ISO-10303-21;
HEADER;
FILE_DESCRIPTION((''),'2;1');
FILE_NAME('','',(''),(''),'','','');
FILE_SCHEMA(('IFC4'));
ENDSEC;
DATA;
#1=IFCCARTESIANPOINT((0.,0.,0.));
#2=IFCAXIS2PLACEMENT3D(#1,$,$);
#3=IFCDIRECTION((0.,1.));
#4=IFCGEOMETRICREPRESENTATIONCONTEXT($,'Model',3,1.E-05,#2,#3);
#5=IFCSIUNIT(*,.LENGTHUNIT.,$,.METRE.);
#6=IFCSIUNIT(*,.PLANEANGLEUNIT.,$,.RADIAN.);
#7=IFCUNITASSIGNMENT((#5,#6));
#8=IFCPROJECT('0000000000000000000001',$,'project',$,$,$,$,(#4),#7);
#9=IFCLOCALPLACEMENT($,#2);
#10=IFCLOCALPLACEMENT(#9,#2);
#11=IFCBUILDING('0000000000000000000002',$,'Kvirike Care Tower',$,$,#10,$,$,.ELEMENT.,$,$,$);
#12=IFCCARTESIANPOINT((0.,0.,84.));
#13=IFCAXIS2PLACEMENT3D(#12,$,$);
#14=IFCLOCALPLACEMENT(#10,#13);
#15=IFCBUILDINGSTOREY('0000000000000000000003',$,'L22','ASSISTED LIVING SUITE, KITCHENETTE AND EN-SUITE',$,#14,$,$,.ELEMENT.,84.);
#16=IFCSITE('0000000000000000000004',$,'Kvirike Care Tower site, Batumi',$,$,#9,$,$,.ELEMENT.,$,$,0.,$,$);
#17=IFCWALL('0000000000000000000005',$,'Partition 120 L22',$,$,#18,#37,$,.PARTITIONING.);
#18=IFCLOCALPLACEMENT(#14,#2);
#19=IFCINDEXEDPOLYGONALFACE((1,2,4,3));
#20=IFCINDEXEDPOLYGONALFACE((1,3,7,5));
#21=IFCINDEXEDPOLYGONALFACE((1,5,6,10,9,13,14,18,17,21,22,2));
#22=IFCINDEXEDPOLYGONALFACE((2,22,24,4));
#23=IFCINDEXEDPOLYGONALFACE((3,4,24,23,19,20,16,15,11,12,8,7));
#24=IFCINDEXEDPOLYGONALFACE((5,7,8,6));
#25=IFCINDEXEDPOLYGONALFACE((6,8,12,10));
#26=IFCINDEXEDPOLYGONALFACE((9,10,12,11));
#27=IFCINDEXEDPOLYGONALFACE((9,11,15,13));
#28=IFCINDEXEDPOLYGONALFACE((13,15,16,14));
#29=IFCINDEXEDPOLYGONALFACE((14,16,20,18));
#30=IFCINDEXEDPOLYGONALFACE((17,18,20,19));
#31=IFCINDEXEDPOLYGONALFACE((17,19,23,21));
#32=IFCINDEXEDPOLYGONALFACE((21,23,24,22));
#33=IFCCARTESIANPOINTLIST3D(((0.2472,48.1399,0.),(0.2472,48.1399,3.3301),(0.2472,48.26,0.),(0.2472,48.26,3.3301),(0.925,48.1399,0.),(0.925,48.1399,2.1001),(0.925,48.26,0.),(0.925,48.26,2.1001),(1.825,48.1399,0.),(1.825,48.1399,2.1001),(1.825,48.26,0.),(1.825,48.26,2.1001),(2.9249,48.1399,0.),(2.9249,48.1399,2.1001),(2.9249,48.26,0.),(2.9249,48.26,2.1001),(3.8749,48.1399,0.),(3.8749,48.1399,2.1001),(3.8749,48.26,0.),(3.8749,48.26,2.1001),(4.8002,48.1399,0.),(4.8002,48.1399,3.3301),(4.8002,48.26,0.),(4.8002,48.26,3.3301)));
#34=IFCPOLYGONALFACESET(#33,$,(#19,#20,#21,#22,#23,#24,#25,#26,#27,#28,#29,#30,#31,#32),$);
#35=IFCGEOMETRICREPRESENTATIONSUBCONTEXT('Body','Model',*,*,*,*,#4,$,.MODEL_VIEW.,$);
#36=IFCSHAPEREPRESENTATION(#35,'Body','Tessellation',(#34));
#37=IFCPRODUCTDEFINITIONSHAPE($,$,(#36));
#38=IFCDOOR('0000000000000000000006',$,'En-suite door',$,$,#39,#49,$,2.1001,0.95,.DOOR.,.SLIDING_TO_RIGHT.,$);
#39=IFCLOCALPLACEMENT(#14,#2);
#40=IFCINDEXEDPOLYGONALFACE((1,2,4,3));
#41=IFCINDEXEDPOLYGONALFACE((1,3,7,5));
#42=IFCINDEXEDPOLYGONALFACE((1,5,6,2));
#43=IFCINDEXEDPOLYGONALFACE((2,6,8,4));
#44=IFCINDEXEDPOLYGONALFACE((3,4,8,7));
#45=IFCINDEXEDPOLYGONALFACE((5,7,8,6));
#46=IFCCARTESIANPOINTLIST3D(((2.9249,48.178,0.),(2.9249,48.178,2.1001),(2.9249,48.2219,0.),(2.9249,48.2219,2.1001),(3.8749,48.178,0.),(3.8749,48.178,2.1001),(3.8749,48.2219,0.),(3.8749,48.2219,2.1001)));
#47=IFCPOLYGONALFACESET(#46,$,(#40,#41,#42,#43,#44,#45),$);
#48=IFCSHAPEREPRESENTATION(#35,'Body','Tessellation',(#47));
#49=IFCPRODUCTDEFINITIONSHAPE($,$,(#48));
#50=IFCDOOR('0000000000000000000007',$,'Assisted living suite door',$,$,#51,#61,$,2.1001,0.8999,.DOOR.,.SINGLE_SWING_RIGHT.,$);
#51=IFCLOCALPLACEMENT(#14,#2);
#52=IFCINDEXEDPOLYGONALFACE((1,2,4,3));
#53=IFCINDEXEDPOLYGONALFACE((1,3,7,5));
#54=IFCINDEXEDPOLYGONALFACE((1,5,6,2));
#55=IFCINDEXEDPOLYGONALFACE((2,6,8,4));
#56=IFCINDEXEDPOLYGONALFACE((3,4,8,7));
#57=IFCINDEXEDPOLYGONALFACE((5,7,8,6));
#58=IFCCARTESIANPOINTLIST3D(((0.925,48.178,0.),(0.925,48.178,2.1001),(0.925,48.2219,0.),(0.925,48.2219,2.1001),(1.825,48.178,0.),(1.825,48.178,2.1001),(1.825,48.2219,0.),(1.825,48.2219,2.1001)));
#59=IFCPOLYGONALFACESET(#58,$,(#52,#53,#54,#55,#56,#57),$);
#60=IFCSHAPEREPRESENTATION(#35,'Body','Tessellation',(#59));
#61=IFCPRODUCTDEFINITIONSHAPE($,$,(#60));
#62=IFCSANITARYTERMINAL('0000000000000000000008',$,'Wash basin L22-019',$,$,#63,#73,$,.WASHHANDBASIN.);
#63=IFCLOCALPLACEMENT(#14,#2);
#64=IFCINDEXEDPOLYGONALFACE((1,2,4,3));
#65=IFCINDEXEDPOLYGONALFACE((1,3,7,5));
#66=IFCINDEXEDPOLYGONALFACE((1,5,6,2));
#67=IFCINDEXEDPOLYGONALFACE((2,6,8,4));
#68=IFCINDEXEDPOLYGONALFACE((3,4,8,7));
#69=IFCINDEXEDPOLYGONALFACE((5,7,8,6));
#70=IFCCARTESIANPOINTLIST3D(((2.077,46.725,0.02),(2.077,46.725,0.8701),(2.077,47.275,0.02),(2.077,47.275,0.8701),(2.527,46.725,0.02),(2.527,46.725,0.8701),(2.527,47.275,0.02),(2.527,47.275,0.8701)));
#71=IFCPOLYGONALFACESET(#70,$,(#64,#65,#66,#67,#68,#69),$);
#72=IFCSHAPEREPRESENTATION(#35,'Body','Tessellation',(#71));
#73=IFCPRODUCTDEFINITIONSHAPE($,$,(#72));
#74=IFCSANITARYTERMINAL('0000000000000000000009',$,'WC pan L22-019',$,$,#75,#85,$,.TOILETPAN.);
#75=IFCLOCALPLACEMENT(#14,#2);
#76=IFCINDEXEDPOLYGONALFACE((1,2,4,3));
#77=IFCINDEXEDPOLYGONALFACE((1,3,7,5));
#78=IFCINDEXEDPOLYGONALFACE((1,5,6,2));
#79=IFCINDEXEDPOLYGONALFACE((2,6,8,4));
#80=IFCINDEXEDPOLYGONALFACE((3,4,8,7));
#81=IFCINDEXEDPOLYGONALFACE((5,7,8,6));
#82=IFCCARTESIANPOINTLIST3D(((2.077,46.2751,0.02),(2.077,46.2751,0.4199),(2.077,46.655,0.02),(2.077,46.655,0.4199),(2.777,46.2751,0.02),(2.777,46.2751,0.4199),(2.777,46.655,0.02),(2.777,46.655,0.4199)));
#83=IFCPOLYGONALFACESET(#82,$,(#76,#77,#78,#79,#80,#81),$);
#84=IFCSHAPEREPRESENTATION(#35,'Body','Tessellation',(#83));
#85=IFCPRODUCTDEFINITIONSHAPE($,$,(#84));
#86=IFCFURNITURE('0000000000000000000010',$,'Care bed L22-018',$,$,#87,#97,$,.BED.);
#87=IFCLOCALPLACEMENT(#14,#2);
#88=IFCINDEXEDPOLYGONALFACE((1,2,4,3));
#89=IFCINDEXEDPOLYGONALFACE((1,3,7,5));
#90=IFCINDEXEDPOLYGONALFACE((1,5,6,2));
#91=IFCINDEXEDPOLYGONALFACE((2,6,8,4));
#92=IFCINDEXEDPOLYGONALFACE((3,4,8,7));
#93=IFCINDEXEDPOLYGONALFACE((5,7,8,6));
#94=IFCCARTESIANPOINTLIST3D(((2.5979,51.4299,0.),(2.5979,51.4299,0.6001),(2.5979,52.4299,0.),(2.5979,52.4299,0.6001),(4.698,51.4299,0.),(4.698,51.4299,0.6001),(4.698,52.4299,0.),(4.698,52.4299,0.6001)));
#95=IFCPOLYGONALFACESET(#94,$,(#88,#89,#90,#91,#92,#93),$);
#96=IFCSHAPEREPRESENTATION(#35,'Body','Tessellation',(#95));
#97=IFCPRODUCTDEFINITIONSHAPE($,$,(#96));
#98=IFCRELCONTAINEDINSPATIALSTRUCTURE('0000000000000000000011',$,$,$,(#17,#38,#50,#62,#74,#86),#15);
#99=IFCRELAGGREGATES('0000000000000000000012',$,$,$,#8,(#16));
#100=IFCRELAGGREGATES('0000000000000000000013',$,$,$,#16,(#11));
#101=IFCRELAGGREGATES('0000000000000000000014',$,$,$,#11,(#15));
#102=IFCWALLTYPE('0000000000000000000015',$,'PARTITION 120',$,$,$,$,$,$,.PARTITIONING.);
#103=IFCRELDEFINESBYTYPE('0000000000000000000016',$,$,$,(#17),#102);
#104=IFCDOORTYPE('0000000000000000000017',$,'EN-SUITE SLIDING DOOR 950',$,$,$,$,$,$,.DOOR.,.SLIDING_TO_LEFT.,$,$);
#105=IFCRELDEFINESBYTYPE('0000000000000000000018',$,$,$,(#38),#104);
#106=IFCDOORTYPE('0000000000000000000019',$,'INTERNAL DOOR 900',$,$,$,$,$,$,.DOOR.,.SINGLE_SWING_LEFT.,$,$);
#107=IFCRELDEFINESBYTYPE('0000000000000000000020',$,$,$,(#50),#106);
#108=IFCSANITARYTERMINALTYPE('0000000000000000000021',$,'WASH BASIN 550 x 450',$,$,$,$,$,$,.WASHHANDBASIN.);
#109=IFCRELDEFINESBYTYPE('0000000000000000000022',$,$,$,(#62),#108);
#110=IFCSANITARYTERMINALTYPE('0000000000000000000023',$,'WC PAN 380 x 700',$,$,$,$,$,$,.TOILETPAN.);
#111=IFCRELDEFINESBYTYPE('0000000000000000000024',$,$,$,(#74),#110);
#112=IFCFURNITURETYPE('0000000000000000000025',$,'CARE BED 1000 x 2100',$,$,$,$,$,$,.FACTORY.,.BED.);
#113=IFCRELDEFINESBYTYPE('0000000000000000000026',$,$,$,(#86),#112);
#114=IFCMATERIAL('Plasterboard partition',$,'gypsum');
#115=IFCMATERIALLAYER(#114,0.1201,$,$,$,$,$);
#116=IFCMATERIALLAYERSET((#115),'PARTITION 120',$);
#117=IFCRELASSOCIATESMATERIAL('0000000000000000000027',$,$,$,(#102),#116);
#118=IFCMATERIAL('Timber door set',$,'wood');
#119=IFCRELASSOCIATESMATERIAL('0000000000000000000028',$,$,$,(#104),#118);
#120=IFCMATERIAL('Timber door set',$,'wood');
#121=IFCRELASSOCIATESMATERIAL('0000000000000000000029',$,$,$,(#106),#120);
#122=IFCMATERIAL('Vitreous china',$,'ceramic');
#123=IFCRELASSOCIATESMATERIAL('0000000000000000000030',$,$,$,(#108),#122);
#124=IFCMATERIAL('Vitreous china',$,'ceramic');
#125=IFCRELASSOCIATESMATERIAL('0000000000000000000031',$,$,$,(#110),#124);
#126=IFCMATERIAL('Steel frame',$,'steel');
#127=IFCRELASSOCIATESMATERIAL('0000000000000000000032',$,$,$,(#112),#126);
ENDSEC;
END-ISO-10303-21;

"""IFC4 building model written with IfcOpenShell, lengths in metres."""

from ifc_helpers import new_model, si_unit, direction, frame, frame_2d, origin, origin_2d, place, context, subcontext, project, spatial, rectangle, extrude, material, layer, layer_set, type_object, element, fill, save


model = new_model("IFC4")

# Units and contexts
model_context = context("Model", 3, precision=1e-05, world=origin(), true_north=direction((0.0, 1.0)))
body_context = subcontext(model_context, "Body", "Model", "MODEL_VIEW")
ifc_project = project(units=[si_unit("LENGTHUNIT", "METRE"), si_unit("PLANEANGLEUNIT", "RADIAN")], contexts=[model_context])

# Site, building, storey
site_placement = place(None, origin())
site = spatial("IfcSite", under=ifc_project, at=site_placement, Name="Kvirike Care Tower site, Batumi", CompositionType="ELEMENT", RefElevation=0.0)
building_placement = place(site_placement, origin())
building = spatial("IfcBuilding", under=site, at=building_placement, Name="Kvirike Care Tower", CompositionType="ELEMENT")
storey_placement = place(building_placement, frame((0.0, 0.0, 84.0)))
storey = spatial("IfcBuildingStorey", under=building, at=storey_placement, Name="L22", Description="ASSISTED LIVING SUITE, KITCHENETTE AND EN-SUITE", CompositionType="ELEMENT", Elevation=84.0)

# Wall, openings, doors
ifc_material_1 = material(Name="Plasterboard partition", Category="gypsum")
ifc_layer_1 = layer(ifc_material_1, 0.1201)
ifc_layer_set_1 = layer_set([ifc_layer_1], Name="PARTITION 120")
wall_type_1 = type_object("IfcWallType", Name="PARTITION 120", PredefinedType="PARTITIONING", material=ifc_layer_set_1)
wall_1_placement = place(storey_placement, frame((4.8, 48.2, 0.0), z_axis=(0.0, 0.0, 1.0), x_axis=(-1.0, 0.0, 0.0)))
wall_1 = element("IfcWall", 1, at=wall_1_placement, inside=storey, type_object=wall_type_1, Name="Partition 120 L22", PredefinedType="PARTITIONING", context=body_context, shape_type="SweptSolid", body=[
    extrude(rectangle(XDim=4.553, YDim=0.1201, at=frame_2d((2.2764, 0.0))), origin(), (0.0, 0.0, 1.0), 3.3301),
])
opening_1_placement = place(wall_1_placement, frame((2.9751, 0.0, 0.0)))
opening_1 = element("IfcOpeningElement", 2, at=opening_1_placement, cuts=wall_1, PredefinedType="OPENING", context=body_context, shape_type="SweptSolid", body=[
    extrude(rectangle(XDim=0.8999, YDim=2.1001, at=frame_2d((0.45, 1.05))), frame((0.0, 0.0706, 0.0), z_axis=(0.0, -1.0, 0.0), x_axis=(1.0, 0.0, 0.0)), (0.0, 0.0, 1.0), 0.1411),
])
opening_2_placement = place(wall_1_placement, frame((0.925, 0.0, 0.0)))
opening_2 = element("IfcOpeningElement", 3, at=opening_2_placement, cuts=wall_1, PredefinedType="OPENING", context=body_context, shape_type="SweptSolid", body=[
    extrude(rectangle(XDim=0.95, YDim=2.1001, at=frame_2d((0.4751, 1.05))), frame((0.0, 0.0706, 0.0), z_axis=(0.0, -1.0, 0.0), x_axis=(1.0, 0.0, 0.0)), (0.0, 0.0, 1.0), 0.1411),
])
ifc_material_2 = material(Name="Timber door set", Category="wood")
door_type_1 = type_object("IfcDoorType", Name="EN-SUITE SLIDING DOOR 950", OperationType="SLIDING_TO_LEFT", PredefinedType="DOOR", material=ifc_material_2)
door_1_placement = place(opening_2_placement, origin())
door_1 = element("IfcDoor", 4, at=door_1_placement, inside=storey, type_object=door_type_1, Name="En-suite door", OperationType="SLIDING_TO_RIGHT", OverallHeight=2.1001, OverallWidth=0.95, PredefinedType="DOOR", context=body_context, shape_type="SweptSolid", body=[
    extrude(rectangle(XDim=0.95, YDim=2.1001, at=frame_2d((0.4751, 1.05))), frame((0.0, 0.022, 0.0), z_axis=(0.0, -1.0, 0.0), x_axis=(1.0, 0.0, 0.0)), (0.0, 0.0, 1.0), 0.0439),
])
fill(opening_2, door_1)
ifc_material_3 = material(Name="Timber door set", Category="wood")
door_type_2 = type_object("IfcDoorType", Name="INTERNAL DOOR 900", OperationType="SINGLE_SWING_LEFT", PredefinedType="DOOR", material=ifc_material_3)
door_2_placement = place(opening_1_placement, origin())
door_2 = element("IfcDoor", 5, at=door_2_placement, inside=storey, type_object=door_type_2, Name="Assisted living suite door", OperationType="SINGLE_SWING_RIGHT", OverallHeight=2.1001, OverallWidth=0.8999, PredefinedType="DOOR", context=body_context, shape_type="SweptSolid", body=[
    extrude(rectangle(XDim=0.8999, YDim=2.1001, at=frame_2d((0.45, 1.05))), frame((0.0, 0.022, 0.0), z_axis=(0.0, -1.0, 0.0), x_axis=(1.0, 0.0, 0.0)), (0.0, 0.0, 1.0), 0.0439),
])
fill(opening_1, door_2)

# Sanitary terminals
ifc_material_4 = material(Name="Vitreous china", Category="ceramic")
sanitary_terminal_type_1 = type_object("IfcSanitaryTerminalType", Name="WASH BASIN 550 x 450", PredefinedType="WASHHANDBASIN", material=ifc_material_4)
sanitary_terminal_1_placement = place(storey_placement, frame((2.302, 47.0, 0.02), z_axis=(0.0, 0.0, 1.0), x_axis=(0.0, 1.0, 0.0)))
element("IfcSanitaryTerminal", 6, at=sanitary_terminal_1_placement, inside=storey, type_object=sanitary_terminal_type_1, Name="Wash basin L22-019", PredefinedType="WASHHANDBASIN", context=body_context, shape_type="SweptSolid", body=[
    extrude(rectangle(XDim=0.55, YDim=0.45, at=origin_2d()), origin(), (0.0, 0.0, 1.0), 0.8501),
])
ifc_material_5 = material(Name="Vitreous china", Category="ceramic")
sanitary_terminal_type_2 = type_object("IfcSanitaryTerminalType", Name="WC PAN 380 x 700", PredefinedType="TOILETPAN", material=ifc_material_5)
sanitary_terminal_2_placement = place(storey_placement, frame((2.427, 46.4651, 0.02), z_axis=(0.0, 0.0, 1.0), x_axis=(0.0, 1.0, 0.0)))
element("IfcSanitaryTerminal", 7, at=sanitary_terminal_2_placement, inside=storey, type_object=sanitary_terminal_type_2, Name="WC pan L22-019", PredefinedType="TOILETPAN", context=body_context, shape_type="SweptSolid", body=[
    extrude(rectangle(XDim=0.3799, YDim=0.7, at=origin_2d()), origin(), (0.0, 0.0, 1.0), 0.3999),
])

# Furniture
ifc_material_6 = material(Name="Steel frame", Category="steel")
furniture_type = type_object("IfcFurnitureType", Name="CARE BED 1000 x 2100", AssemblyPlace="FACTORY", PredefinedType="BED", material=ifc_material_6)
furniture_placement = place(storey_placement, frame((3.6479, 51.9299, 0.0), z_axis=(0.0, 0.0, 1.0), x_axis=(0.0, -1.0, 0.0)))
element("IfcFurniture", 8, at=furniture_placement, inside=storey, type_object=furniture_type, Name="Care bed L22-018", PredefinedType="BED", context=body_context, shape_type="SweptSolid", body=[
    extrude(rectangle(XDim=1.0, YDim=2.1001, at=origin_2d()), origin(), (0.0, 0.0, 1.0), 0.6001),
])

save(model, "model.ifc")
